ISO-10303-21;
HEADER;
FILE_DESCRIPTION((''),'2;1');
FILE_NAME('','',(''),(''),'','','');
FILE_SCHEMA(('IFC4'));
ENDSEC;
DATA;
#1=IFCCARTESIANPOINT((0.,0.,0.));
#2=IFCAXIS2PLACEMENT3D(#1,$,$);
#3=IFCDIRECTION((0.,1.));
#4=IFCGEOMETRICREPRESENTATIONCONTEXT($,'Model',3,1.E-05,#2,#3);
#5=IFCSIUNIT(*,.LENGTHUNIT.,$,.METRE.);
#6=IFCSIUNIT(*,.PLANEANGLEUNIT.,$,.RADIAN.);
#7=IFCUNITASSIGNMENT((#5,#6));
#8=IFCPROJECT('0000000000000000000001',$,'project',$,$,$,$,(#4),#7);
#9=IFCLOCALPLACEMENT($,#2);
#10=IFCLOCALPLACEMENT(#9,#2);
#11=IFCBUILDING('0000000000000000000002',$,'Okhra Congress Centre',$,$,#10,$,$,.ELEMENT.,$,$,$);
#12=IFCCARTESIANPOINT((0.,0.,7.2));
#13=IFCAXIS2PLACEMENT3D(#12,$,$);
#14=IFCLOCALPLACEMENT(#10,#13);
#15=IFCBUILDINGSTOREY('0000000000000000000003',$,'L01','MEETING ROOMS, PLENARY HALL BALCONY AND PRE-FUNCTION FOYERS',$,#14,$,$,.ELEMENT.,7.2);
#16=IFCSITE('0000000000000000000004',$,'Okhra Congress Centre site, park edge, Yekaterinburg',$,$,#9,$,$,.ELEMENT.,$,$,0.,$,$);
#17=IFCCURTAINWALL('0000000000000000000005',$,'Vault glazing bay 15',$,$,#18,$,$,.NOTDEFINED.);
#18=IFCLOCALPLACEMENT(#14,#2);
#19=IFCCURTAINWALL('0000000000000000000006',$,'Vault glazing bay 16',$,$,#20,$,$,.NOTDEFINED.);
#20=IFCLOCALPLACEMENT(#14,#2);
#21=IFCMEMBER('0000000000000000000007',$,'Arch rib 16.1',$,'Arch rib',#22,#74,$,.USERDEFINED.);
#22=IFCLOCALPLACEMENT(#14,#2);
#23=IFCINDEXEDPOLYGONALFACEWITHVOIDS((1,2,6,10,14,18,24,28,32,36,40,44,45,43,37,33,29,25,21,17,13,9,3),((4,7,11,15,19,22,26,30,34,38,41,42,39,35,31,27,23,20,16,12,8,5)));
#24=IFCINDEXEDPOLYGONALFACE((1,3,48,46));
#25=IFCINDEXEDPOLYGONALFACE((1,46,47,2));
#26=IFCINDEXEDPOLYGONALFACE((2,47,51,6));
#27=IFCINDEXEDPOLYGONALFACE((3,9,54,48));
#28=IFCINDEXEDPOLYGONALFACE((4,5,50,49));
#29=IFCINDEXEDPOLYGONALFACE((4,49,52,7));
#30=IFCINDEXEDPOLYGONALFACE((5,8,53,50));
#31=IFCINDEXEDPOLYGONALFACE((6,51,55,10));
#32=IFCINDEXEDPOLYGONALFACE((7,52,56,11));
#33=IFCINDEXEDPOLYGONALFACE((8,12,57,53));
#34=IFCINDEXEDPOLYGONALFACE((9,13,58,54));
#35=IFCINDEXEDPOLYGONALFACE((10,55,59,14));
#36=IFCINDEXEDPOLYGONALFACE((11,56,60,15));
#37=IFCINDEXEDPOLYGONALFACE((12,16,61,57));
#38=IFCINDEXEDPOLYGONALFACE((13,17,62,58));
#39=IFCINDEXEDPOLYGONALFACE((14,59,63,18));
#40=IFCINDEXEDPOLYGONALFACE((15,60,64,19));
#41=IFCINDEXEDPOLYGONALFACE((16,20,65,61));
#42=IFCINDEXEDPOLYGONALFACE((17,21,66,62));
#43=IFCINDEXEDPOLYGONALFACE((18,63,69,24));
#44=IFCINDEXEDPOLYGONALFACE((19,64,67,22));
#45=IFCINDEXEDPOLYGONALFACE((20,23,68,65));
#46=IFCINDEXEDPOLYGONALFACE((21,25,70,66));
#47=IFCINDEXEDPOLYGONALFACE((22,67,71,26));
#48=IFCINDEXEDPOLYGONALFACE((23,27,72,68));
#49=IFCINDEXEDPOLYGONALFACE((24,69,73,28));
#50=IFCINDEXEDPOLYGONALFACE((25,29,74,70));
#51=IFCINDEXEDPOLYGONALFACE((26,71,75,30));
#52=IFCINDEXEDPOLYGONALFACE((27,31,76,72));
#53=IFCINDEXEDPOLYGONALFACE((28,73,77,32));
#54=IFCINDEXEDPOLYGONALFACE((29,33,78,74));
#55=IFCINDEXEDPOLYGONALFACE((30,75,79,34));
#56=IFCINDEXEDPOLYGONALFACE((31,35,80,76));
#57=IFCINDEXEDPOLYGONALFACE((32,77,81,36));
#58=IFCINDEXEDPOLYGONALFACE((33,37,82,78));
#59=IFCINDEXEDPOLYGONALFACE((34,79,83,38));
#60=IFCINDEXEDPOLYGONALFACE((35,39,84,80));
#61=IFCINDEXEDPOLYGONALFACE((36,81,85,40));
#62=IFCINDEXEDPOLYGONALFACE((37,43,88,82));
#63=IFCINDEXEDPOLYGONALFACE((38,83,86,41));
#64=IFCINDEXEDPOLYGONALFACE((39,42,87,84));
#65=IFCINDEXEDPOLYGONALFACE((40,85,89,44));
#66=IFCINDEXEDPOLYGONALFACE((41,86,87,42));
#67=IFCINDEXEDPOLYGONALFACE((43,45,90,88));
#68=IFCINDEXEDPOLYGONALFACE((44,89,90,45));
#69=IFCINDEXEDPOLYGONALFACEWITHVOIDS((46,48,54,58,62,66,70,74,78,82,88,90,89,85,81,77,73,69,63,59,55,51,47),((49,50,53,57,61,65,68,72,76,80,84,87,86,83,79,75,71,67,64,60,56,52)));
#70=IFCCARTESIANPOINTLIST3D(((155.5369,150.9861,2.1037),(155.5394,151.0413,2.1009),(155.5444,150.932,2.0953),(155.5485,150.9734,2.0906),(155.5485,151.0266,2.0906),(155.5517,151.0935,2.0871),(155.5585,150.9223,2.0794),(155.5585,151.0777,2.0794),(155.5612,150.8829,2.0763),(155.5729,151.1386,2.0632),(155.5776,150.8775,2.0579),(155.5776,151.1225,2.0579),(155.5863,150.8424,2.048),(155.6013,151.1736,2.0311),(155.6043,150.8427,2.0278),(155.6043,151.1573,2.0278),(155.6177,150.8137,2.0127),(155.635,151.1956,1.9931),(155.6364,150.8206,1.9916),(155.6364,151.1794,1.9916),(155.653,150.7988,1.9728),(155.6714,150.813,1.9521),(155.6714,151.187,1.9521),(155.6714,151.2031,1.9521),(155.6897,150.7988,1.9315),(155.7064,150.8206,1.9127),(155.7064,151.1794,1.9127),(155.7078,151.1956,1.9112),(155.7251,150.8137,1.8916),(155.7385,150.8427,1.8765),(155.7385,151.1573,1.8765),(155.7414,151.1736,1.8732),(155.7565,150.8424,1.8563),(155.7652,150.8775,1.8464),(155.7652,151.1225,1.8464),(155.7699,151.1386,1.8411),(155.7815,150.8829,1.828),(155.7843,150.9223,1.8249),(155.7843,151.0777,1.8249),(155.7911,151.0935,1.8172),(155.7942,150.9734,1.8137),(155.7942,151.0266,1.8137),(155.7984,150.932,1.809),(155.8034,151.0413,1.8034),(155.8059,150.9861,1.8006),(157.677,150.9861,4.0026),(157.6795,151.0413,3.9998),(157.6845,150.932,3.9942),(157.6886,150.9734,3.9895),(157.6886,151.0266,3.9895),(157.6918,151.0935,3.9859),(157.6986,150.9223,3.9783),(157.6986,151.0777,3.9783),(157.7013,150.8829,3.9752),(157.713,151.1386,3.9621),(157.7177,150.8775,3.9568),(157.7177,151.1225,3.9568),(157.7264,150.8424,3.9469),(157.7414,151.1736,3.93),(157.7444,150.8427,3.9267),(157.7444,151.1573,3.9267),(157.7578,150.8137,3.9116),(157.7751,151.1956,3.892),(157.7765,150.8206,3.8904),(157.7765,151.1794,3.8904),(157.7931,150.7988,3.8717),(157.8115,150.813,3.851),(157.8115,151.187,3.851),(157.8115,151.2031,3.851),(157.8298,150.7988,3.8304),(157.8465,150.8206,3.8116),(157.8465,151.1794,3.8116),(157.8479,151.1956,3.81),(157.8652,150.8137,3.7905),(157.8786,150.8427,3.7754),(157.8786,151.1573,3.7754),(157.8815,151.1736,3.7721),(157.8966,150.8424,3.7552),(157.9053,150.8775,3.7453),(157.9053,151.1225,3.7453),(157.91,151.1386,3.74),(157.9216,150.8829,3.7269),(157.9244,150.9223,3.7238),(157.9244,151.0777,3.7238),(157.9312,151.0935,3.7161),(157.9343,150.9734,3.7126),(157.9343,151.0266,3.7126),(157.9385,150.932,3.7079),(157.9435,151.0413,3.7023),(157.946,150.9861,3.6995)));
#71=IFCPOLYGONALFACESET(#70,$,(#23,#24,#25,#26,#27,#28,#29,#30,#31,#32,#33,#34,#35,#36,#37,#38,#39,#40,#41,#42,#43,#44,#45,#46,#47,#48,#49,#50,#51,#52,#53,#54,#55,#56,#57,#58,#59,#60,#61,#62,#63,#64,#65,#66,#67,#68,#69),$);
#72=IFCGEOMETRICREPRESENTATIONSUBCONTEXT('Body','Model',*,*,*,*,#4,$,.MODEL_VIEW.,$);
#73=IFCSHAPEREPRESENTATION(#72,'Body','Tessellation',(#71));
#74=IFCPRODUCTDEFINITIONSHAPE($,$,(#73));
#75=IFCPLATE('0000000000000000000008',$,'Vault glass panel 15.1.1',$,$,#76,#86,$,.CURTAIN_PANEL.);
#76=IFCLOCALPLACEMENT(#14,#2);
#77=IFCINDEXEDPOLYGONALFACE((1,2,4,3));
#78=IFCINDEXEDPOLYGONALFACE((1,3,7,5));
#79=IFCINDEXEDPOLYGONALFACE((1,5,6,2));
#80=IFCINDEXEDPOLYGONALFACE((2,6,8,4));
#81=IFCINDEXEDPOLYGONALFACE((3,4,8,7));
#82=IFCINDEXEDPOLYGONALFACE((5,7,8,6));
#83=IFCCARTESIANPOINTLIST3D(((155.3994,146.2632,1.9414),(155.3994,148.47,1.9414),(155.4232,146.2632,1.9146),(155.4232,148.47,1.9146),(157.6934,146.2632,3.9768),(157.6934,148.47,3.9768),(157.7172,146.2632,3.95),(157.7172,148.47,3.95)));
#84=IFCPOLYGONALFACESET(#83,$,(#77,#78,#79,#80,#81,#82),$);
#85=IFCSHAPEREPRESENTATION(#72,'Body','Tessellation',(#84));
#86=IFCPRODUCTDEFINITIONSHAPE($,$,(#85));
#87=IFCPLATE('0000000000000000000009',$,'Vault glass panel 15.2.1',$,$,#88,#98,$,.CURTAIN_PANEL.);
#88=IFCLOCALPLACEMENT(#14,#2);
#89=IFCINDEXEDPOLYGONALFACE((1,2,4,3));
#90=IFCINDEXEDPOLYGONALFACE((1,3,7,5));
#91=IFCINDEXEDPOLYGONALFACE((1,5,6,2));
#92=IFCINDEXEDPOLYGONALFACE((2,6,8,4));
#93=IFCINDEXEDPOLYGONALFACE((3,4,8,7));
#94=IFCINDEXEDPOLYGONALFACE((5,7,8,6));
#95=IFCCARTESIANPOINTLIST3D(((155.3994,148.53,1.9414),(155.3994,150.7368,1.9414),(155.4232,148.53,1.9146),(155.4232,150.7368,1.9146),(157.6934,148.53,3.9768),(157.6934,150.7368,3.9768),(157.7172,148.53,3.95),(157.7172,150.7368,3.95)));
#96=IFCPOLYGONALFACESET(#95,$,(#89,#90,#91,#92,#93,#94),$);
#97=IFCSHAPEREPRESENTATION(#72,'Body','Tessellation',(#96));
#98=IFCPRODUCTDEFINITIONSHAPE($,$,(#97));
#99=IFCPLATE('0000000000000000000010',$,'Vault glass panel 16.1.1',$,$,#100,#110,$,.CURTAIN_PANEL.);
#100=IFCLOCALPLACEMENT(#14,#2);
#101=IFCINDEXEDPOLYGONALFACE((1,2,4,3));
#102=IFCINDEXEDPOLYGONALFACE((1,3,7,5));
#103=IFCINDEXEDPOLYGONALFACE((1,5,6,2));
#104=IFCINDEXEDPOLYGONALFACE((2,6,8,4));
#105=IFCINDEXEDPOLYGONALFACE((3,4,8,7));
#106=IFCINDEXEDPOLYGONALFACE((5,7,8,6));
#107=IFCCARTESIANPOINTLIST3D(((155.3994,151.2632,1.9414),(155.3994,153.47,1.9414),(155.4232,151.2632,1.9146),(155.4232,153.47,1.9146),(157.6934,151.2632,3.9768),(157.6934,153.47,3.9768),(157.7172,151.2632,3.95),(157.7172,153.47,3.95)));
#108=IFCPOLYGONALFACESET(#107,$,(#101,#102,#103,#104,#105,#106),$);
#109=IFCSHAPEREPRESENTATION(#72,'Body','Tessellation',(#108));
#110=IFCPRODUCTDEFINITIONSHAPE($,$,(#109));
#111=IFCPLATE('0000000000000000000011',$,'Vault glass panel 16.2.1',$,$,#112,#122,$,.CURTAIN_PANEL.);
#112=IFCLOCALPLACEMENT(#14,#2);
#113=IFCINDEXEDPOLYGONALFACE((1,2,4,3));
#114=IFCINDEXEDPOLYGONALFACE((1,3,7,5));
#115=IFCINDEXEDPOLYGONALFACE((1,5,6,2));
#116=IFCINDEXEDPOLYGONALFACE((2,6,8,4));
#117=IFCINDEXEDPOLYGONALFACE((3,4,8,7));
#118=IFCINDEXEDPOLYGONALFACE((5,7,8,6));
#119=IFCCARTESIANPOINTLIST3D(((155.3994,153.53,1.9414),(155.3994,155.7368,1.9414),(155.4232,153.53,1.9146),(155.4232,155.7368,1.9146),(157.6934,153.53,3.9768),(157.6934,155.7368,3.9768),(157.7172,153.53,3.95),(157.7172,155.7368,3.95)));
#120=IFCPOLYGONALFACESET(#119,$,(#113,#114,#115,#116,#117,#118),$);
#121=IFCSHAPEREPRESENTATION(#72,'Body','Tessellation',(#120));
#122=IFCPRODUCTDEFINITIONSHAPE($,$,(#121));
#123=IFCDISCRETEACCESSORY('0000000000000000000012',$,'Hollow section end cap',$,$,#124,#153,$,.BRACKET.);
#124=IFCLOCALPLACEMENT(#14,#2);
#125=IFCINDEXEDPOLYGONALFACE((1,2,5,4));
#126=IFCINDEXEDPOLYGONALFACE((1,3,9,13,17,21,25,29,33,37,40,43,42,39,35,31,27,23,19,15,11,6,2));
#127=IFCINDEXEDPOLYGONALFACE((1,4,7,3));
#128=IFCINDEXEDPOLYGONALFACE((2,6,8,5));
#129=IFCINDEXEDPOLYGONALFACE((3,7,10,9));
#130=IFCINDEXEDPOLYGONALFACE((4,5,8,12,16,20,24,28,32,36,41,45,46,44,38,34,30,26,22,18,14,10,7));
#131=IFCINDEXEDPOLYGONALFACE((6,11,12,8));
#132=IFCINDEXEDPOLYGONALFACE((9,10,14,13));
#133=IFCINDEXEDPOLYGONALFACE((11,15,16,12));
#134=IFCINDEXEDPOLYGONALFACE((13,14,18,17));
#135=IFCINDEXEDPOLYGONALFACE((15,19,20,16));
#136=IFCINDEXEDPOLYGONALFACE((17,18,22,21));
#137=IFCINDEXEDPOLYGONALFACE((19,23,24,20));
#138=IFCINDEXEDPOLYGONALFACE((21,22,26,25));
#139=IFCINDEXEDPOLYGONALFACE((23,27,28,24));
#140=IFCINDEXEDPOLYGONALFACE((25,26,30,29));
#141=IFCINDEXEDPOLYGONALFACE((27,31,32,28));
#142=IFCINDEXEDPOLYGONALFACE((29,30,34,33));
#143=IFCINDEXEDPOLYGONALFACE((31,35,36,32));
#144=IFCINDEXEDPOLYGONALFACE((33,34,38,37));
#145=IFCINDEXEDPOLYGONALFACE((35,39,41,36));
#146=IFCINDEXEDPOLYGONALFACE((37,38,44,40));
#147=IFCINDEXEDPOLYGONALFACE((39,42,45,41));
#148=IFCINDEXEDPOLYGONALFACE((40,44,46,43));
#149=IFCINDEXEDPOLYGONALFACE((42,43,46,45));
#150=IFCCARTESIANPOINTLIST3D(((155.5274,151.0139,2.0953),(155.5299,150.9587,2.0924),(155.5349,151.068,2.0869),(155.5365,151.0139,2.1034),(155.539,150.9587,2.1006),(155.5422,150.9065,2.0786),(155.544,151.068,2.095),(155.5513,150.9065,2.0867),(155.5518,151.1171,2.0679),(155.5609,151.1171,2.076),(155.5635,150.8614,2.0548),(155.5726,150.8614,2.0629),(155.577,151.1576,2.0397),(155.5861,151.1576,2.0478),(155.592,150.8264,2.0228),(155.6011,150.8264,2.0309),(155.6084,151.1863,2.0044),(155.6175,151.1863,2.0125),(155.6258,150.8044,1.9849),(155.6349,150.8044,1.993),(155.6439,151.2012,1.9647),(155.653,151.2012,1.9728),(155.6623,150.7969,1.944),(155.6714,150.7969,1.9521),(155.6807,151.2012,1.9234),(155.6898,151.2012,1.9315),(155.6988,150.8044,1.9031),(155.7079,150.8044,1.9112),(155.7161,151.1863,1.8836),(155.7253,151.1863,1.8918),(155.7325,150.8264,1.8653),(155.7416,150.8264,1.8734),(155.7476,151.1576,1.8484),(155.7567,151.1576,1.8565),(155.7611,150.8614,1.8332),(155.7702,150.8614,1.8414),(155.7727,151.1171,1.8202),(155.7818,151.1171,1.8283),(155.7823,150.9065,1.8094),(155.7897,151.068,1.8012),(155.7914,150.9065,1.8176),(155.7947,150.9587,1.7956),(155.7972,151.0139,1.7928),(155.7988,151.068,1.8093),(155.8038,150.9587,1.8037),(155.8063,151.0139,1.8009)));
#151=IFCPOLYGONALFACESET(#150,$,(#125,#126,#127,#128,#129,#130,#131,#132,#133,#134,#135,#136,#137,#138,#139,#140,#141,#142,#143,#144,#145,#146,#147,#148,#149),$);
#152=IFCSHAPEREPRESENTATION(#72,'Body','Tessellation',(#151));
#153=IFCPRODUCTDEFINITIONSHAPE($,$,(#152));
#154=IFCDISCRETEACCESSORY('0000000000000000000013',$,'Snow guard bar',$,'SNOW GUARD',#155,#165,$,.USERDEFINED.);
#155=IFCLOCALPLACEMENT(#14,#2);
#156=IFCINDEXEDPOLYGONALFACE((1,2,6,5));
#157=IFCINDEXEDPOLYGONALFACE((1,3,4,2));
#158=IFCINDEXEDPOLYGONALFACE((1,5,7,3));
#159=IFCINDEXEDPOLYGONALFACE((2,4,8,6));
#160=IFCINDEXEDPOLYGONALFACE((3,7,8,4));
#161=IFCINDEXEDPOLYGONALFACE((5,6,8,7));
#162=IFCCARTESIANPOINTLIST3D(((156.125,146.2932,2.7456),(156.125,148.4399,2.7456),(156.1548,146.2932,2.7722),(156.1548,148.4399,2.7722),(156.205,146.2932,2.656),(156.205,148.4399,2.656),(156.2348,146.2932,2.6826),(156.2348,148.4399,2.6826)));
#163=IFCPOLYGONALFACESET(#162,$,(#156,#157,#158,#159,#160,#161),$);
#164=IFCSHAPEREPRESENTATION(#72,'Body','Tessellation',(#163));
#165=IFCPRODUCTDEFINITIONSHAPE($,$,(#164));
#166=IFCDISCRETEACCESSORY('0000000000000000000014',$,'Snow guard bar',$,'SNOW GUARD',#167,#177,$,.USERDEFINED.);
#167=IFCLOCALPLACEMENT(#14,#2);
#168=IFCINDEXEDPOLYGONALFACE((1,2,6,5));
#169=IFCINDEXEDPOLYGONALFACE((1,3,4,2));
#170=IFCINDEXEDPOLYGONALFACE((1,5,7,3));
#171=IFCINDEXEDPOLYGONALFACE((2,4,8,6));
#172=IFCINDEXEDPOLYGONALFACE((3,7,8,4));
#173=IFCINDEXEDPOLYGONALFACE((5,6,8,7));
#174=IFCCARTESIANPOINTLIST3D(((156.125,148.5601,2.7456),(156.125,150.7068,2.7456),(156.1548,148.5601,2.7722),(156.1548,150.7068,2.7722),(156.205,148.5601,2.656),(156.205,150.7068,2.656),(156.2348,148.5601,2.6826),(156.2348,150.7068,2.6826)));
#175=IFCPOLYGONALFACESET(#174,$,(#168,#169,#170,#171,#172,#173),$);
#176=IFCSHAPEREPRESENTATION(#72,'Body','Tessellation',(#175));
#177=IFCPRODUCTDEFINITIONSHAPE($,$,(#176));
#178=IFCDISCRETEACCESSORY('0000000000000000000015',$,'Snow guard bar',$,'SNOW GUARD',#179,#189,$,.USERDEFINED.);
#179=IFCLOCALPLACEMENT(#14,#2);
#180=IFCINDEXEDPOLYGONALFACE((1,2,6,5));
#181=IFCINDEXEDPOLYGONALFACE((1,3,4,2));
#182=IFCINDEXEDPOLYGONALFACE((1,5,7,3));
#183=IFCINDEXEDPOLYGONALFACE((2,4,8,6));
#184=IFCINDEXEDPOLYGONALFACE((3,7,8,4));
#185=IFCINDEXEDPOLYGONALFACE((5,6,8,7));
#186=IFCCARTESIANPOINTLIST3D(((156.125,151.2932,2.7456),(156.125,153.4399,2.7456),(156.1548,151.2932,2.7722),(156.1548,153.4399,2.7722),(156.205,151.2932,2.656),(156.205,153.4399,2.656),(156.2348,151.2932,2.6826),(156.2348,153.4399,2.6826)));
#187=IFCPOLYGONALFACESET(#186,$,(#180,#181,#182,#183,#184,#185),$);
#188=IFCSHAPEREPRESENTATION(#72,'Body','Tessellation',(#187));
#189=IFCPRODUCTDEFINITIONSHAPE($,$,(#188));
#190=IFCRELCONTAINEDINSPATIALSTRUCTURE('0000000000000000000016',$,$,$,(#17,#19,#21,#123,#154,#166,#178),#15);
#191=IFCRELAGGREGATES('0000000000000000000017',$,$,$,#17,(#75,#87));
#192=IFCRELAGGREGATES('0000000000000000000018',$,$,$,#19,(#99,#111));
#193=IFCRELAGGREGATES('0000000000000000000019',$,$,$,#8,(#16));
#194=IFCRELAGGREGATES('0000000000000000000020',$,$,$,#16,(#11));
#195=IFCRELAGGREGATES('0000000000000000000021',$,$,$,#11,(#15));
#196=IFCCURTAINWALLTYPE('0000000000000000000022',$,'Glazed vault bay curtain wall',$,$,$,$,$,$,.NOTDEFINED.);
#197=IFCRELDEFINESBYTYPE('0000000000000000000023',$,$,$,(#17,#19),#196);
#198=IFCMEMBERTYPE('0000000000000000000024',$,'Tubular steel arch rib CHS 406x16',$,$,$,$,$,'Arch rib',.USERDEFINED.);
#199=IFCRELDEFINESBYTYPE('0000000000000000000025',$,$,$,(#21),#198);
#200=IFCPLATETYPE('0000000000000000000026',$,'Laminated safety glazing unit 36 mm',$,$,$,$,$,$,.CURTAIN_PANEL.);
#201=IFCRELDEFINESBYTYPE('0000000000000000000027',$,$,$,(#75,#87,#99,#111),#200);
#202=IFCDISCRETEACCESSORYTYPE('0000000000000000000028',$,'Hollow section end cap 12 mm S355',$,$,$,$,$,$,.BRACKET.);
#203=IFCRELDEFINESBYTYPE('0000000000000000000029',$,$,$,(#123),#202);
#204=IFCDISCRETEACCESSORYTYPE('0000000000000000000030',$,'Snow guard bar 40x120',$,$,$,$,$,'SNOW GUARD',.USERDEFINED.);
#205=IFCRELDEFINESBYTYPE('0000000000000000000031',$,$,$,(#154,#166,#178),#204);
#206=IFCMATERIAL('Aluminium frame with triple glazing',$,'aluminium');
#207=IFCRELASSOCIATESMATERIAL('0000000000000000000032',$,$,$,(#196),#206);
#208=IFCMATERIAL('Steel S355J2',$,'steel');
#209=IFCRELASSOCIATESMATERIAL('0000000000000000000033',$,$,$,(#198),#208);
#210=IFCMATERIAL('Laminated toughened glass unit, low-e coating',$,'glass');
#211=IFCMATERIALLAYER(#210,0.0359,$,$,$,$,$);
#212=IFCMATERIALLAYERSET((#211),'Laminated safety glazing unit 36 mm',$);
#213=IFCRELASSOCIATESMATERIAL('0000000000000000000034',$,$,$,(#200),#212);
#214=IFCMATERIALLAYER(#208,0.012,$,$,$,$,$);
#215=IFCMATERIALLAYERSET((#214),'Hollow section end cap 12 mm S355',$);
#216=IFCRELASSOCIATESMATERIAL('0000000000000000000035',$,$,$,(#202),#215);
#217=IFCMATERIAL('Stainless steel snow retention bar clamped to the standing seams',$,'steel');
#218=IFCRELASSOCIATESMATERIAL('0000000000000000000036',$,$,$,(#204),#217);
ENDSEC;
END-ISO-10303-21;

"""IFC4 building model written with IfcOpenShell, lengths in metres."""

from ifc_helpers import new_model, si_unit, direction, frame, origin, origin_2d, place, context, subcontext, project, spatial, polyline, circle, hollow_circle, outline, extrude, material, layer, layer_set, material_profile, profile_set, type_object, element, aggregate, save


model = new_model("IFC4")

# Units and contexts
model_context = context("Model", 3, precision=1e-05, world=origin(), true_north=direction((0.0, 1.0)))
body_context = subcontext(model_context, "Body", "Model", "MODEL_VIEW")
ifc_project = project(units=[si_unit("LENGTHUNIT", "METRE"), si_unit("PLANEANGLEUNIT", "RADIAN")], contexts=[model_context])

# Site, building, storey
site_placement = place(None, origin())
site = spatial("IfcSite", under=ifc_project, at=site_placement, Name="Okhra Congress Centre site, park edge, Yekaterinburg", CompositionType="ELEMENT", RefElevation=0.0)
building_placement = place(site_placement, origin())
building = spatial("IfcBuilding", under=site, at=building_placement, Name="Okhra Congress Centre", CompositionType="ELEMENT")
storey_placement = place(building_placement, frame((0.0, 0.0, 7.2)))
storey = spatial("IfcBuildingStorey", under=building, at=storey_placement, Name="L01", Description="MEETING ROOMS, PLENARY HALL BALCONY AND PRE-FUNCTION FOYERS", CompositionType="ELEMENT", Elevation=7.2)

# Curtain walls
ifc_material_1 = material(Name="Aluminium frame with triple glazing", Category="aluminium")
curtain_wall_type = type_object("IfcCurtainWallType", Name="Glazed vault bay curtain wall", PredefinedType="NOTDEFINED", material=ifc_material_1)
curtain_wall_1_placement = place(storey_placement, origin())
curtain_wall_1 = element("IfcCurtainWall", 1, at=curtain_wall_1_placement, inside=storey, type_object=curtain_wall_type, Name="Vault glazing bay 15", PredefinedType="NOTDEFINED")
curtain_wall_2_placement = place(storey_placement, origin())
curtain_wall_2 = element("IfcCurtainWall", 2, at=curtain_wall_2_placement, inside=storey, type_object=curtain_wall_type, Name="Vault glazing bay 16", PredefinedType="NOTDEFINED")

# Shared definitions
ifc_material_2 = material(Name="Steel S355J2", Category="steel")

# Member
ifc_material_profile_1 = material_profile(ifc_material_2, hollow_circle(Radius=0.2031, WallThickness=0.0161, at=origin_2d()), Name="CHS 406.4x16")
ifc_profile_set_1 = profile_set([ifc_material_profile_1], Name="Steel S355J2")
member_type_1 = type_object("IfcMemberType", Name="Tubular steel arch rib CHS 406x16", ElementType="Arch rib", PredefinedType="USERDEFINED", material=ifc_profile_set_1)
member_1_placement = place(storey_placement, frame((155.6714, 151.0, 1.9521), z_axis=(0.748002, 0.0, 0.663696), x_axis=(0.0, 1.0, 0.0)))
element("IfcMember", 3, at=member_1_placement, inside=storey, type_object=member_type_1, Name="Arch rib 16.1", ObjectType="Arch rib", PredefinedType="USERDEFINED", context=body_context, shape_type="SweptSolid", body=[
    extrude(hollow_circle(Radius=0.2031, WallThickness=0.0161, at=origin_2d()), origin(), (0.0, 0.0, 1.0), 2.8611),
])

# Plates
ifc_material_3 = material(Name="Laminated toughened glass unit, low-e coating", Category="glass")
ifc_layer_1 = layer(ifc_material_3, 0.0359)
ifc_layer_set_1 = layer_set([ifc_layer_1], Name="Laminated safety glazing unit 36 mm")
plate_type = type_object("IfcPlateType", Name="Laminated safety glazing unit 36 mm", PredefinedType="CURTAIN_PANEL", material=ifc_layer_set_1)
plate_1_placement = place(storey_placement, frame((155.3994, 146.2632, 1.9414), z_axis=(-0.663697, 0.0, 0.748002), x_axis=(0.748002, 0.0, 0.663697)))
plate_1 = element("IfcPlate", 4, at=plate_1_placement, type_object=plate_type, Name="Vault glass panel 15.1.1", PredefinedType="CURTAIN_PANEL", context=body_context, shape_type="SweptSolid", body=[
    extrude(outline(polyline([(0.0, 0.0), (3.0668, 0.0), (3.0668, 2.2068), (0.0, 2.2068), (0.0, 0.0)])), origin(), (0.0, 0.0, -1.0), 0.0359),
])
plate_2_placement = place(storey_placement, frame((155.3994, 148.53, 1.9414), z_axis=(-0.663697, 0.0, 0.748002), x_axis=(0.748002, 0.0, 0.663697)))
plate_2 = element("IfcPlate", 5, at=plate_2_placement, type_object=plate_type, Name="Vault glass panel 15.2.1", PredefinedType="CURTAIN_PANEL", context=body_context, shape_type="SweptSolid", body=[
    extrude(outline(polyline([(0.0, 0.0), (3.0668, 0.0), (3.0668, 2.2068), (0.0, 2.2068), (0.0, 0.0)])), origin(), (0.0, 0.0, -1.0), 0.0359),
])
aggregate(curtain_wall_1, [plate_1, plate_2])
plate_3_placement = place(storey_placement, frame((155.3994, 151.2632, 1.9414), z_axis=(-0.663697, 0.0, 0.748002), x_axis=(0.748002, 0.0, 0.663697)))
plate_3 = element("IfcPlate", 6, at=plate_3_placement, type_object=plate_type, Name="Vault glass panel 16.1.1", PredefinedType="CURTAIN_PANEL", context=body_context, shape_type="SweptSolid", body=[
    extrude(outline(polyline([(0.0, 0.0), (3.0668, 0.0), (3.0668, 2.2068), (0.0, 2.2068), (0.0, 0.0)])), origin(), (0.0, 0.0, -1.0), 0.0359),
])
plate_4_placement = place(storey_placement, frame((155.3994, 153.53, 1.9414), z_axis=(-0.663697, 0.0, 0.748002), x_axis=(0.748002, 0.0, 0.663697)))
plate_4 = element("IfcPlate", 7, at=plate_4_placement, type_object=plate_type, Name="Vault glass panel 16.2.1", PredefinedType="CURTAIN_PANEL", context=body_context, shape_type="SweptSolid", body=[
    extrude(outline(polyline([(0.0, 0.0), (3.0668, 0.0), (3.0668, 2.2068), (0.0, 2.2068), (0.0, 0.0)])), origin(), (0.0, 0.0, -1.0), 0.0359),
])
aggregate(curtain_wall_2, [plate_3, plate_4])

# Discrete accessories
ifc_layer_2 = layer(ifc_material_2, 0.012)
ifc_layer_set_2 = layer_set([ifc_layer_2], Name="Hollow section end cap 12 mm S355")
discrete_accessory_type_1 = type_object("IfcDiscreteAccessoryType", Name="Hollow section end cap 12 mm S355", PredefinedType="BRACKET", material=ifc_layer_set_2)
discrete_accessory_placement = place(storey_placement, frame((155.6714, 151.0, 1.9521), z_axis=(-0.746295, 0.0, -0.665615), x_axis=(0.0, -1.0, 0.0)))
element("IfcDiscreteAccessory", 8, at=discrete_accessory_placement, inside=storey, type_object=discrete_accessory_type_1, Name="Hollow section end cap", PredefinedType="BRACKET", context=body_context, shape_type="SweptSolid", body=[
    extrude(circle(Radius=0.2031, at=origin_2d()), origin(), (0.0, 0.0, 1.0), 0.0122),
])
ifc_material_4 = material(Name="Stainless steel snow retention bar clamped to the standing seams", Category="steel")
discrete_accessory_type_2 = type_object("IfcDiscreteAccessoryType", Name="Snow guard bar 40x120", ElementType="SNOW GUARD", PredefinedType="USERDEFINED", material=ifc_material_4)
for number, where, z_axis, x_axis, name in (
    (9, (156.125, 146.2932, 2.7456), (-0.666259, 0.0, 0.745721), (0.745721, 0.0, 0.666259), "Snow guard bar"),
    (10, (156.125, 148.5601, 2.7456), (-0.666259, 0.0, 0.745721), (0.745721, 0.0, 0.666259), "Snow guard bar"),
    (11, (156.125, 151.2932, 2.7456), (-0.666259, 0.0, 0.745721), (0.745721, 0.0, 0.666259), "Snow guard bar"),
):
    element("IfcDiscreteAccessory", number, at=place(storey_placement, frame(where, z_axis=z_axis, x_axis=x_axis)), inside=storey, type_object=discrete_accessory_type_2, Name=name, ObjectType="SNOW GUARD", PredefinedType="USERDEFINED", context=body_context, shape_type="SweptSolid", body=[
        extrude(outline(polyline([(0.0, 0.0), (0.0399, 0.0), (0.0399, 2.1467), (0.0, 2.1467), (0.0, 0.0)])), origin(), (0.0, 0.0, -1.0), 0.1201),
    ])

save(model, "model.ifc")
